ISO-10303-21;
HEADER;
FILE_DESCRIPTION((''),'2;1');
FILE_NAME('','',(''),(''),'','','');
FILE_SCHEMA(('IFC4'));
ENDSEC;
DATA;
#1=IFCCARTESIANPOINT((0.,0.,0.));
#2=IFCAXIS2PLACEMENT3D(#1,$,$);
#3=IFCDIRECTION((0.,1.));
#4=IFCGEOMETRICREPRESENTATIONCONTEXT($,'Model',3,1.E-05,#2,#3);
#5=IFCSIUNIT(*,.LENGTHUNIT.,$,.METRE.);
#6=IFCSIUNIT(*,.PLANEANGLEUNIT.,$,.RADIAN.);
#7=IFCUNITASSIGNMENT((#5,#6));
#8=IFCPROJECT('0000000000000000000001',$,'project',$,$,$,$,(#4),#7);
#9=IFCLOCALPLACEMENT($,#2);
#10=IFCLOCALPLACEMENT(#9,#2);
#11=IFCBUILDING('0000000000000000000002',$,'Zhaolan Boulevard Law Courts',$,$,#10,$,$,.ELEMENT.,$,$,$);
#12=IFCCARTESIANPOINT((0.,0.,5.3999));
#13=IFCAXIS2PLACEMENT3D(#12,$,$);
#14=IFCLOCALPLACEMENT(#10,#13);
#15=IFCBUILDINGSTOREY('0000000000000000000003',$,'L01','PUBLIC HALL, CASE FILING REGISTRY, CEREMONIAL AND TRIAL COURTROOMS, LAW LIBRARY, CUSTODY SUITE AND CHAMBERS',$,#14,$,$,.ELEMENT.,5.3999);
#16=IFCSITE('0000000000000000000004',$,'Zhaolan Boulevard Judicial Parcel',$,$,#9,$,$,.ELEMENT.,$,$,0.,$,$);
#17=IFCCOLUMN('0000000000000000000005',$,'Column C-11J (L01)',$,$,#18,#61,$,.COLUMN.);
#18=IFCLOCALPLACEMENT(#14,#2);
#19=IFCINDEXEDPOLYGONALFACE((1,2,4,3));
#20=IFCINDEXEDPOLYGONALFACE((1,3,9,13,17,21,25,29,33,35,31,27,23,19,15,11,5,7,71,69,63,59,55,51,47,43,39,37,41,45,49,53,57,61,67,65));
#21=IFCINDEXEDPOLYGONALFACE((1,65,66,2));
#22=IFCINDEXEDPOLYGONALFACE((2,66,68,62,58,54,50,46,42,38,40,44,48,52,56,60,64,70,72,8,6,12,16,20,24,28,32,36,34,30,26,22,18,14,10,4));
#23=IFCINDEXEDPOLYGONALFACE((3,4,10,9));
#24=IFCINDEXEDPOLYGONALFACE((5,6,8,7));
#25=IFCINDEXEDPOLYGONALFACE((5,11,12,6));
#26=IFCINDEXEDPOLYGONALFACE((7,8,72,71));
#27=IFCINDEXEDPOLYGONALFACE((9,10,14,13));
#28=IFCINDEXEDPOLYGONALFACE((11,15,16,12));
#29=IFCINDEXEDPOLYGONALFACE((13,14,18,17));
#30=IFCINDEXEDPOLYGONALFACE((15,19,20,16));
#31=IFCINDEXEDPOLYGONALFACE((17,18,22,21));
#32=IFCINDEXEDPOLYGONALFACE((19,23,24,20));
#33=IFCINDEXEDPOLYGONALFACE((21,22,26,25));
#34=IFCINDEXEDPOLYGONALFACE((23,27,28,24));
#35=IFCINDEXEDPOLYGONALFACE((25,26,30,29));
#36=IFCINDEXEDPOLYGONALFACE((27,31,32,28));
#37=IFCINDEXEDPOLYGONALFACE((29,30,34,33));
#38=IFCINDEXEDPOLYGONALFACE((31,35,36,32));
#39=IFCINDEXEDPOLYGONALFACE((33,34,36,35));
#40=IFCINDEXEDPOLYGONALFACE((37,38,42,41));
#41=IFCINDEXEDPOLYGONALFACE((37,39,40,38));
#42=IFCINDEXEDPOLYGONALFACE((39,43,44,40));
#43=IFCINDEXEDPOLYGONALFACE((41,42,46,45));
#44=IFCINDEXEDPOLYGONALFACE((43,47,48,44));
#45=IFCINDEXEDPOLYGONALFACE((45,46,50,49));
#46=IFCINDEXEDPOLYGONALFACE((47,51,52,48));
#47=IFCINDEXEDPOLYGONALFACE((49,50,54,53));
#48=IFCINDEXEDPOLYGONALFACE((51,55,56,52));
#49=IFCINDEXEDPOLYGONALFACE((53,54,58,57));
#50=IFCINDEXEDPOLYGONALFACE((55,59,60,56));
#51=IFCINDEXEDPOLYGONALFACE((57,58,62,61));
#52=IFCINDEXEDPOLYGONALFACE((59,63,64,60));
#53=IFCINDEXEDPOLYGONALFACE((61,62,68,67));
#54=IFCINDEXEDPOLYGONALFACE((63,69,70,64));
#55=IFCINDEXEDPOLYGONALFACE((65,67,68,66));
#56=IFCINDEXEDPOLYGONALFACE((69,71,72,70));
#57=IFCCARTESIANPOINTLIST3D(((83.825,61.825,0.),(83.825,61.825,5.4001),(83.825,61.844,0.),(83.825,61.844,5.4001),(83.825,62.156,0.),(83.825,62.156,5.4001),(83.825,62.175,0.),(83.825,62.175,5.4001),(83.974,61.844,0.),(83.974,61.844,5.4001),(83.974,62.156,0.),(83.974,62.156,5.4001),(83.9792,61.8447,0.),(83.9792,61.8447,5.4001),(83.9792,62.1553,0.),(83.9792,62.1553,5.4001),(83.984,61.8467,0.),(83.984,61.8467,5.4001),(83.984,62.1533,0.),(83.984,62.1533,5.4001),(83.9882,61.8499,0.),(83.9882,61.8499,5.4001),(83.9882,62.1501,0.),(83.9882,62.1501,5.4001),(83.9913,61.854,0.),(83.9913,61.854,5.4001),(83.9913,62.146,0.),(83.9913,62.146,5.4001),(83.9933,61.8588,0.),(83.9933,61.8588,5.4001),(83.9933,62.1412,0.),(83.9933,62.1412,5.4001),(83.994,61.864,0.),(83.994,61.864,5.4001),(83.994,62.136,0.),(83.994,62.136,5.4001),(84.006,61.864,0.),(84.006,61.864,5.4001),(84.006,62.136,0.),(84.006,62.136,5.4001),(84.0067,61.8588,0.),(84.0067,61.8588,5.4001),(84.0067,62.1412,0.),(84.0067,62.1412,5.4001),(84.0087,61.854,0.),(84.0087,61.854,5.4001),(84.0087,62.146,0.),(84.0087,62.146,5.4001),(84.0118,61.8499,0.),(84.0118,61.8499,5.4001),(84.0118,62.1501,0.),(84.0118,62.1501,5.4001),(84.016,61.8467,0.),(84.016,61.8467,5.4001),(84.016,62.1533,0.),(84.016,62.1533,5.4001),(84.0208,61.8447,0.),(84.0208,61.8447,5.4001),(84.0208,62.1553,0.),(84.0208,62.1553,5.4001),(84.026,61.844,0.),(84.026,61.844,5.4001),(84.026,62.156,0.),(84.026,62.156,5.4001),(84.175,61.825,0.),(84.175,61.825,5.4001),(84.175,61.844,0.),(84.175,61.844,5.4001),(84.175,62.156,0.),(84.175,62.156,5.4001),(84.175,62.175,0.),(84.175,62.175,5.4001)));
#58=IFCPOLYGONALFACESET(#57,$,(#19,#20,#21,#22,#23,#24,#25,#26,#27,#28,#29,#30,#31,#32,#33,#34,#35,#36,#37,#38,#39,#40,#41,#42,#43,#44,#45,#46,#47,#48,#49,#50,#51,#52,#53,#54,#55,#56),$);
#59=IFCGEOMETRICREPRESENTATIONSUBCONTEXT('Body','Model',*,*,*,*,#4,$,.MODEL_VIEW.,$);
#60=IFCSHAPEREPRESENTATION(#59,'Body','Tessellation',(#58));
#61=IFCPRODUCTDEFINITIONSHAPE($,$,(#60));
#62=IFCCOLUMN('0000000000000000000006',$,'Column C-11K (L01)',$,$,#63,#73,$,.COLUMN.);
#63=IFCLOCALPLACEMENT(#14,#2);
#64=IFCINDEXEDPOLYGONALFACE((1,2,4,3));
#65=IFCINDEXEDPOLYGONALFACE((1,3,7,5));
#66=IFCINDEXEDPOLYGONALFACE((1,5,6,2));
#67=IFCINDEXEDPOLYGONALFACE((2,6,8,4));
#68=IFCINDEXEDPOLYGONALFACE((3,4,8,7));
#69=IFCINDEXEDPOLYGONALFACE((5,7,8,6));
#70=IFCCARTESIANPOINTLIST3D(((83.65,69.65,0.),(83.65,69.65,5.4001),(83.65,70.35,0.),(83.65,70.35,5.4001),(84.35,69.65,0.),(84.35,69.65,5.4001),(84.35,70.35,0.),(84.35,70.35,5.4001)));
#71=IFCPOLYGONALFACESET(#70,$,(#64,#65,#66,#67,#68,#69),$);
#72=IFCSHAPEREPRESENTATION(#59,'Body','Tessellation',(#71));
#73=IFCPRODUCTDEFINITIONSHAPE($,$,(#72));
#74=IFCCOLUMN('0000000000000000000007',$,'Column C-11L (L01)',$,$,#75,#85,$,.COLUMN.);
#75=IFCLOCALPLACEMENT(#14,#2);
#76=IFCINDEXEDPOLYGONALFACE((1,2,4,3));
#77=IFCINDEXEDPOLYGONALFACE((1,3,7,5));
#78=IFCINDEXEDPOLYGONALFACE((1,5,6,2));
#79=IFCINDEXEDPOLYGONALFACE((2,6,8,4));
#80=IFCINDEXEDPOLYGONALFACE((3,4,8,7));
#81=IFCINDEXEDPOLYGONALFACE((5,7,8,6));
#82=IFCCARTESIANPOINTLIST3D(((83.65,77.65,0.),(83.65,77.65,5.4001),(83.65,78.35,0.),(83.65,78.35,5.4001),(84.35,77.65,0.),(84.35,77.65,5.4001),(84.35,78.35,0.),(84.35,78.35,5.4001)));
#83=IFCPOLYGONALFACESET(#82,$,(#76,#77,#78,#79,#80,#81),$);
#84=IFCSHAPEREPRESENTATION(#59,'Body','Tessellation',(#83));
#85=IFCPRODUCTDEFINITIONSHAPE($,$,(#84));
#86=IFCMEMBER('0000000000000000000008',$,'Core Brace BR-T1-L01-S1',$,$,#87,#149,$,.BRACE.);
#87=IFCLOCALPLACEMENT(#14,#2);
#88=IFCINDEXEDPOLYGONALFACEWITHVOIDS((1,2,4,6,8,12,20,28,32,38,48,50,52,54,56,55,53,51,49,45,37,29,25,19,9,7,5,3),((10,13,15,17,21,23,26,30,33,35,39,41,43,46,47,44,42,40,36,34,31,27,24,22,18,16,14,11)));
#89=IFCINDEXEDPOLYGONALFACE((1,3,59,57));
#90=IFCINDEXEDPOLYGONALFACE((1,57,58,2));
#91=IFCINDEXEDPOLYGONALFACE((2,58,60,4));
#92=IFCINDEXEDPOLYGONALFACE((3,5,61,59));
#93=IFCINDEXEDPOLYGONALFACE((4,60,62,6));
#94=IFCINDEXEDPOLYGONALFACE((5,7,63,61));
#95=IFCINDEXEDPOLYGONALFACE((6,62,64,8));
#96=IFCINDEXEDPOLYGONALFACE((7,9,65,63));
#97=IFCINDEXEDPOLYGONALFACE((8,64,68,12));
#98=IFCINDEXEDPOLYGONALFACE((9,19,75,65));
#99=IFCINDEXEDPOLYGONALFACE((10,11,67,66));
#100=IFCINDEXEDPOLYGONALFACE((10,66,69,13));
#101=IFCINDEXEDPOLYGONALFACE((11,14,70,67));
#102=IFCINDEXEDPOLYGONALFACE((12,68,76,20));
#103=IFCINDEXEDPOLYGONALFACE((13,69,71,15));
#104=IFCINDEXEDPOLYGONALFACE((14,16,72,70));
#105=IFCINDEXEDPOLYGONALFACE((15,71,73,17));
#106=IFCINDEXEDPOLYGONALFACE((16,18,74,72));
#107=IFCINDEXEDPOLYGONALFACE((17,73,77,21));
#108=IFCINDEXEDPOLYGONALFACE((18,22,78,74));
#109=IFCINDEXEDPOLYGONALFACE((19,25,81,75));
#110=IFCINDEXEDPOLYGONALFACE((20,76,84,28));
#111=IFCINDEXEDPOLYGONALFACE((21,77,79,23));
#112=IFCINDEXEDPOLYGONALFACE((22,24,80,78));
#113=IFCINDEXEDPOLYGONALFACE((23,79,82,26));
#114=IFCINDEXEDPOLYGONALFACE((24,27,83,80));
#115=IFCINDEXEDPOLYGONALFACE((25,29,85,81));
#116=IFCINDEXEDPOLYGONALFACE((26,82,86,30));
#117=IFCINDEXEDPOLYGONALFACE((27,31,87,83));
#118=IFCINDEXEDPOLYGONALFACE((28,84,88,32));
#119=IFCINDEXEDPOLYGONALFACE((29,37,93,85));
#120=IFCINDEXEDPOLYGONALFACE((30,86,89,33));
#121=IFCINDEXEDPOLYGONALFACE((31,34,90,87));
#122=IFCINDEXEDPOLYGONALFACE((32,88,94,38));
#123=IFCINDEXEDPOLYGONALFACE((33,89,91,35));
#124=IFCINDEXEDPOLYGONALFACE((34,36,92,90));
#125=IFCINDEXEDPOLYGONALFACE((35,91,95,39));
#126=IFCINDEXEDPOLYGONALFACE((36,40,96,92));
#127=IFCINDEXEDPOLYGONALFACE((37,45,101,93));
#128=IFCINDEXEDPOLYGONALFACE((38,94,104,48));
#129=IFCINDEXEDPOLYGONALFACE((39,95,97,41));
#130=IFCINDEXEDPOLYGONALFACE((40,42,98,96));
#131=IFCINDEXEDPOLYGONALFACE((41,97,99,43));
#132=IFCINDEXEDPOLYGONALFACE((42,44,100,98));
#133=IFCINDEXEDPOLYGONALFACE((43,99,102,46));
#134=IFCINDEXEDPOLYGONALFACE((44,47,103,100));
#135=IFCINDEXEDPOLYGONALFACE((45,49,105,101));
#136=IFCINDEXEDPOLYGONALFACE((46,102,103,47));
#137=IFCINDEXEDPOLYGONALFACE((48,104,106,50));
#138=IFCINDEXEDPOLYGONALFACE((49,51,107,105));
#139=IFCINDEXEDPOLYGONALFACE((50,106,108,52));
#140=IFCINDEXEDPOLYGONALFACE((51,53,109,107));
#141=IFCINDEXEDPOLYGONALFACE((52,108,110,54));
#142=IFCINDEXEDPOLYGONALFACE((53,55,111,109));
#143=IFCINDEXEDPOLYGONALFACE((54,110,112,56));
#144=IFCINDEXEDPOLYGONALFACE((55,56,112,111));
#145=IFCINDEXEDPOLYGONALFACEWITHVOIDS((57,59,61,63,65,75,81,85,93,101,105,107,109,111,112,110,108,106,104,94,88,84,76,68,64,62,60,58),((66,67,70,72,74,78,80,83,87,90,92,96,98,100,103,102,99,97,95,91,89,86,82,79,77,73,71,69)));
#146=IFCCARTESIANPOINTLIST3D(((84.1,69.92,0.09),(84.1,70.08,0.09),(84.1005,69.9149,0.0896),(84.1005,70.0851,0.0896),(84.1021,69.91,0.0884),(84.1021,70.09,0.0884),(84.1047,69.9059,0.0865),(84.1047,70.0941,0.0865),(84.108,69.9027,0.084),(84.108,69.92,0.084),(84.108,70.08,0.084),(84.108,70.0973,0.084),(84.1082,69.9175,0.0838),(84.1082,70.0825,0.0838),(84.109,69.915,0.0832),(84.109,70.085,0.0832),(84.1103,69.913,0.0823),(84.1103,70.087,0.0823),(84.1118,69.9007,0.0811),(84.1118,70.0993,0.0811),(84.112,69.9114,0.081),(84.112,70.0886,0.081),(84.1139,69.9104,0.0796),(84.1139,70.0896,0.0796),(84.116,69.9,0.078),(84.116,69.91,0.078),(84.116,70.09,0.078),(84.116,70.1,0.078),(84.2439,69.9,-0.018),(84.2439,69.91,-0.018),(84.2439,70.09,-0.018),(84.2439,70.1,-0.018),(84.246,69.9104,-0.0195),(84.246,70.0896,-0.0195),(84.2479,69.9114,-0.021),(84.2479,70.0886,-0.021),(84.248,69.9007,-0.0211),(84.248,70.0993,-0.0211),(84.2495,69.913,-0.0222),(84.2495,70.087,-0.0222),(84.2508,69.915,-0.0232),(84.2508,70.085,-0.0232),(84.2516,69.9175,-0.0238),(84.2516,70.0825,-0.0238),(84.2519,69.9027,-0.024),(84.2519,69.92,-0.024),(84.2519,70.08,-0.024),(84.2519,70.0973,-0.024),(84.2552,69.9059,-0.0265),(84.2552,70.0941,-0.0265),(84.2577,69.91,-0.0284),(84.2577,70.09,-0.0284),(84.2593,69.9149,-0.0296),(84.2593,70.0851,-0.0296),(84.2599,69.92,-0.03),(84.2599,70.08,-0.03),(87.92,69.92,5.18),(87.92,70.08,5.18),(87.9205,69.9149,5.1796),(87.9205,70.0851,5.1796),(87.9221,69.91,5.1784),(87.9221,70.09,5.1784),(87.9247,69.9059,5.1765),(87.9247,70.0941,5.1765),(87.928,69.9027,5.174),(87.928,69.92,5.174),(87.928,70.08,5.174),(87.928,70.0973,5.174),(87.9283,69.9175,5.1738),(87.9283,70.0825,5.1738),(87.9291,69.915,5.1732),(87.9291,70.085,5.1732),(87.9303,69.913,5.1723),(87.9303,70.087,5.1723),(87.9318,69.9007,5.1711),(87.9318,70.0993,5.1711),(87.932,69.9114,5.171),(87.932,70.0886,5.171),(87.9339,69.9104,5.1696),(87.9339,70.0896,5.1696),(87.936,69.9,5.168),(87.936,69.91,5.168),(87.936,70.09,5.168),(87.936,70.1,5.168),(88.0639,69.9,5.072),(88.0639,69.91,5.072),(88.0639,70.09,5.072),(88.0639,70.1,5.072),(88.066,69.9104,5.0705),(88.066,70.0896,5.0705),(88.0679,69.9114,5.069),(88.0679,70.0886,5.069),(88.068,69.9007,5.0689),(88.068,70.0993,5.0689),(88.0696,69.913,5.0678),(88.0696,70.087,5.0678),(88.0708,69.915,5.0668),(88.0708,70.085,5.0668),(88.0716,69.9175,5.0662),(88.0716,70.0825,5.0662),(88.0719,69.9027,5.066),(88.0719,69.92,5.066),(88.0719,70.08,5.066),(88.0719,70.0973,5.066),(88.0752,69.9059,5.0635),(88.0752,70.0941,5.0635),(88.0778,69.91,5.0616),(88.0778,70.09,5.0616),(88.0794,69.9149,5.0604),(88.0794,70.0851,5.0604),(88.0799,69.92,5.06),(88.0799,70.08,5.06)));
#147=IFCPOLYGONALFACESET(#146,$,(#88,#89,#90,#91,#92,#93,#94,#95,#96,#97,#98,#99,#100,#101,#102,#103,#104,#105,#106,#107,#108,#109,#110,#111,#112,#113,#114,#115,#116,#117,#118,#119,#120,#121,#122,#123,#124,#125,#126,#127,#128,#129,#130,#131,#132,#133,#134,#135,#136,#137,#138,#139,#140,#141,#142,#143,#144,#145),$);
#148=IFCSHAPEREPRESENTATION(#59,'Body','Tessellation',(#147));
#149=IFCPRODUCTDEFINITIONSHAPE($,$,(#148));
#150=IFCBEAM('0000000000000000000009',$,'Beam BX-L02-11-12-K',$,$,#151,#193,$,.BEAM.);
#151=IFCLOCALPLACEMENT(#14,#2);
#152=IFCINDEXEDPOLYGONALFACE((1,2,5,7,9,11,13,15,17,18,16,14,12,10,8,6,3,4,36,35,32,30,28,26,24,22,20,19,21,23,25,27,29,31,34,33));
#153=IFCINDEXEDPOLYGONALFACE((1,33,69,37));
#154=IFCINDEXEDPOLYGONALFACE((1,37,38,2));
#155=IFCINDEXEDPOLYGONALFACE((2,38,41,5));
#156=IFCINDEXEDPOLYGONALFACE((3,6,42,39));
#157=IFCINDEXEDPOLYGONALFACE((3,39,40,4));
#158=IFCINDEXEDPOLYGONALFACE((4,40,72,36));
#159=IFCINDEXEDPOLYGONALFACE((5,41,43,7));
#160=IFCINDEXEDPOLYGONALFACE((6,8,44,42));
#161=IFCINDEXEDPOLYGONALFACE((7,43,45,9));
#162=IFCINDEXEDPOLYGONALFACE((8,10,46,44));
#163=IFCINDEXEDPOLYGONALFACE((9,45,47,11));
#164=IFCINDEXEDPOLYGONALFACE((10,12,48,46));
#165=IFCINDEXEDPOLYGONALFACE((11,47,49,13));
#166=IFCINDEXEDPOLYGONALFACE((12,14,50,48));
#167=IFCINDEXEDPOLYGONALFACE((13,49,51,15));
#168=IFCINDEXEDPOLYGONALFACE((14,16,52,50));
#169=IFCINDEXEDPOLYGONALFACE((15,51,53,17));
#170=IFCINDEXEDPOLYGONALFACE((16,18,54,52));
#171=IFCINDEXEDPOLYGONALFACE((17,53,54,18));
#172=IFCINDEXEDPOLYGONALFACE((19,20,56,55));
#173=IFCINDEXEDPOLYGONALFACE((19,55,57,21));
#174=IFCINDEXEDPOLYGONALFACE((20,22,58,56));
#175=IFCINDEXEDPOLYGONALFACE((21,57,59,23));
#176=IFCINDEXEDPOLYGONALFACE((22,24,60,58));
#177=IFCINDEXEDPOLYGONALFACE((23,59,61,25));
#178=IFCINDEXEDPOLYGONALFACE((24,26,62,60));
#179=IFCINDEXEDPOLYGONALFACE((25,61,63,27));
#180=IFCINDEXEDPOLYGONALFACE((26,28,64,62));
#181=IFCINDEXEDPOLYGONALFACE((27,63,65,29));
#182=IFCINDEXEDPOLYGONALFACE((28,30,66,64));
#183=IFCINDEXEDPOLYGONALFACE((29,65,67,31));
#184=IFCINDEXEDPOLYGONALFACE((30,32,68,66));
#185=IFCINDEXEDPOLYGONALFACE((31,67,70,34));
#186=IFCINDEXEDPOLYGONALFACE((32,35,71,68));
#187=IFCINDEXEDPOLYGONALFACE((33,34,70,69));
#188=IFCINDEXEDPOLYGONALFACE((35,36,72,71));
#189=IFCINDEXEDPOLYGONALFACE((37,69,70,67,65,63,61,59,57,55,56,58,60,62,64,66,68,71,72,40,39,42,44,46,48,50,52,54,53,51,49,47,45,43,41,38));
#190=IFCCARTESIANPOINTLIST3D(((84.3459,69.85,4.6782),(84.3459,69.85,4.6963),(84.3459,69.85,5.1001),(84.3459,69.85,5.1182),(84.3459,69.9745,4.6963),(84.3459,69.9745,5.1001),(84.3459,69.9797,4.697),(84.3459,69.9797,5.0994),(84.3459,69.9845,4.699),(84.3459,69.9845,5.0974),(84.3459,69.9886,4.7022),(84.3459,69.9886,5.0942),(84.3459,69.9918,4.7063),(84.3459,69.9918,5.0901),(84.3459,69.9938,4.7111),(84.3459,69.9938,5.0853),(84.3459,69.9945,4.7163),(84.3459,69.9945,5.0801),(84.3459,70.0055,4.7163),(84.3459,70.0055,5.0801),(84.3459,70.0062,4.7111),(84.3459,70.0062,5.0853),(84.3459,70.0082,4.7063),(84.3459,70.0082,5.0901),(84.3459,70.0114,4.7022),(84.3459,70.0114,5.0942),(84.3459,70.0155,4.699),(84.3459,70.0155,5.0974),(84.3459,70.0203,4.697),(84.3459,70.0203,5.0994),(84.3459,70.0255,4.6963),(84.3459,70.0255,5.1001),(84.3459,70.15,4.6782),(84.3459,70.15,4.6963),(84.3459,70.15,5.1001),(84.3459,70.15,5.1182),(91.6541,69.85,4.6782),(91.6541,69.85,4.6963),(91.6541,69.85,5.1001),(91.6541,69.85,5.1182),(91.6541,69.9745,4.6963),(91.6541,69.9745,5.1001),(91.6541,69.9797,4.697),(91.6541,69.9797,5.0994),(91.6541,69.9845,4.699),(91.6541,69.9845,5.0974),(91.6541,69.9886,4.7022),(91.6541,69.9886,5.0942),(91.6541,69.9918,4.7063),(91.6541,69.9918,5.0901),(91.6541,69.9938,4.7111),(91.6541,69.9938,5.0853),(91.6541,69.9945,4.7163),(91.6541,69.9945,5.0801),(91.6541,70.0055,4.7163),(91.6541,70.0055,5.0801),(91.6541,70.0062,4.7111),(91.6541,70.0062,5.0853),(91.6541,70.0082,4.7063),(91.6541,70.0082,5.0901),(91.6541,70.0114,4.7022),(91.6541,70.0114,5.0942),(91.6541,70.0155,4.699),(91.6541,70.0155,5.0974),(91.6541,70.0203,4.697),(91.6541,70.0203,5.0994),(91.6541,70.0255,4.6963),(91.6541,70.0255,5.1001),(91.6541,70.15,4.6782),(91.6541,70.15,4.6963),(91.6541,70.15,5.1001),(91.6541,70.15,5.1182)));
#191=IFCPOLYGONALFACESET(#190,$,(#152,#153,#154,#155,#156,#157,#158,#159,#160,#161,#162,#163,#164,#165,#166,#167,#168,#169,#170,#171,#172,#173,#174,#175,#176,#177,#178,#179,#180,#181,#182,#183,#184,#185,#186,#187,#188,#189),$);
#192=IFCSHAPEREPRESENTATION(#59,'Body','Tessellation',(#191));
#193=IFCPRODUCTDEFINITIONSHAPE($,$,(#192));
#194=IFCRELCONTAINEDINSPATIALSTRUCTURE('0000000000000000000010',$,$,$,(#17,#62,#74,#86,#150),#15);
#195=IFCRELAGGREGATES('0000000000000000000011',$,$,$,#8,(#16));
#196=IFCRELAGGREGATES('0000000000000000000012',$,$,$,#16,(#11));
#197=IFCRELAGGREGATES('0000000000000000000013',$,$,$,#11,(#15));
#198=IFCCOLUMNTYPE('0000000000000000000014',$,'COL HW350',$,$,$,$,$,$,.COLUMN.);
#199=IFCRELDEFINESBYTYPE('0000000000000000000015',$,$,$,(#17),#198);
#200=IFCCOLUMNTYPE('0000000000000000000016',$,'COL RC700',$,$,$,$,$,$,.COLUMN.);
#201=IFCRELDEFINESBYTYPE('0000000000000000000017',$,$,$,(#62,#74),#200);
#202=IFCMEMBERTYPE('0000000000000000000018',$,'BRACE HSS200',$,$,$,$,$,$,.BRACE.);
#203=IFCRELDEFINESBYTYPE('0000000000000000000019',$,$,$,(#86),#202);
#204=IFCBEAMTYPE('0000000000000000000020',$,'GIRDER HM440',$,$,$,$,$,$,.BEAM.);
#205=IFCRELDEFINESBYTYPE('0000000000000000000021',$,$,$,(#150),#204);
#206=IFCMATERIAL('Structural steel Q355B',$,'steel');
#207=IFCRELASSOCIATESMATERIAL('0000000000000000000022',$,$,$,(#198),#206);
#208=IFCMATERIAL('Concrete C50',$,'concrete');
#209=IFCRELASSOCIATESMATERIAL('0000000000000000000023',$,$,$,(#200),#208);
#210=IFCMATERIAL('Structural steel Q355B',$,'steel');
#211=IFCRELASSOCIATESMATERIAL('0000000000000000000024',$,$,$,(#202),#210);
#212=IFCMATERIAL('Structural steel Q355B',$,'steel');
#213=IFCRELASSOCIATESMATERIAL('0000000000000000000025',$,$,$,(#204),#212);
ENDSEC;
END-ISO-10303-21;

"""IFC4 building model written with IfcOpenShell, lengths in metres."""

from ifc_helpers import new_model, si_unit, direction, frame, origin, origin_2d, place, context, subcontext, project, spatial, rectangle, hollow_rectangle, i_section, extrude, material, material_profile, profile_set, type_object, element, save


model = new_model("IFC4")

# Units and contexts
model_context = context("Model", 3, precision=1e-05, world=origin(), true_north=direction((0.0, 1.0)))
body_context = subcontext(model_context, "Body", "Model", "MODEL_VIEW")
ifc_project = project(units=[si_unit("LENGTHUNIT", "METRE"), si_unit("PLANEANGLEUNIT", "RADIAN")], contexts=[model_context])

# Site, building, storey
site_placement = place(None, origin())
site = spatial("IfcSite", under=ifc_project, at=site_placement, Name="Zhaolan Boulevard Judicial Parcel", CompositionType="ELEMENT", RefElevation=0.0)
building_placement = place(site_placement, origin())
building = spatial("IfcBuilding", under=site, at=building_placement, Name="Zhaolan Boulevard Law Courts", CompositionType="ELEMENT")
storey_placement = place(building_placement, frame((0.0, 0.0, 5.3999)))
storey = spatial("IfcBuildingStorey", under=building, at=storey_placement, Name="L01", Description="PUBLIC HALL, CASE FILING REGISTRY, CEREMONIAL AND TRIAL COURTROOMS, LAW LIBRARY, CUSTODY SUITE AND CHAMBERS", CompositionType="ELEMENT", Elevation=5.3999)

# Columns
ifc_material_1 = material(Name="Structural steel Q355B", Category="steel")
ifc_material_profile_1 = material_profile(ifc_material_1, i_section(OverallWidth=0.3501, OverallDepth=0.3501, WebThickness=0.012, FlangeThickness=0.019, FilletRadius=0.02, at=origin_2d()), Name="HW350x350")
ifc_profile_set_1 = profile_set([ifc_material_profile_1], Name="Structural steel Q355B")
column_type_1 = type_object("IfcColumnType", Name="COL HW350", PredefinedType="COLUMN", material=ifc_profile_set_1)
column_placement = place(storey_placement, frame((84.0, 62.0, 0.0), z_axis=(0.0, 0.0, 1.0), x_axis=(1.0, 0.0, 0.0)))
element("IfcColumn", 1, at=column_placement, inside=storey, type_object=column_type_1, Name="Column C-11J (L01)", PredefinedType="COLUMN", context=body_context, shape_type="SweptSolid", body=[
    extrude(i_section(OverallWidth=0.3501, OverallDepth=0.3501, WebThickness=0.012, FlangeThickness=0.019, FilletRadius=0.02, at=origin_2d()), origin(), (0.0, 0.0, 1.0), 5.4001),
])
ifc_material_2 = material(Name="Concrete C50", Category="concrete")
ifc_material_profile_2 = material_profile(ifc_material_2, rectangle(XDim=0.7, YDim=0.7, at=origin_2d()), Name="RC700x700")
ifc_profile_set_2 = profile_set([ifc_material_profile_2], Name="Concrete C50")
column_type_2 = type_object("IfcColumnType", Name="COL RC700", PredefinedType="COLUMN", material=ifc_profile_set_2)
for number, where, z_axis, x_axis, name in (
    (2, (84.0, 70.0, 0.0), (0.0, 0.0, 1.0), (1.0, 0.0, 0.0), "Column C-11K (L01)"),
    (3, (84.0, 78.0, 0.0), (0.0, 0.0, 1.0), (1.0, 0.0, 0.0), "Column C-11L (L01)"),
):
    element("IfcColumn", number, at=place(storey_placement, frame(where, z_axis=z_axis, x_axis=x_axis)), inside=storey, type_object=column_type_2, Name=name, PredefinedType="COLUMN", context=body_context, shape_type="SweptSolid", body=[
        extrude(rectangle(XDim=0.7, YDim=0.7, at=origin_2d()), origin(), (0.0, 0.0, 1.0), 5.4001),
    ])

# Member
ifc_material_3 = material(Name="Structural steel Q355B", Category="steel")
ifc_material_profile_3 = material_profile(ifc_material_3, hollow_rectangle(XDim=0.2, YDim=0.2, WallThickness=0.01, InnerFilletRadius=0.01, OuterFilletRadius=0.02, at=origin_2d()), Name="HSS200x200x10")
ifc_profile_set_3 = profile_set([ifc_material_profile_3], Name="Structural steel Q355B")
member_type = type_object("IfcMemberType", Name="BRACE HSS200", PredefinedType="BRACE", material=ifc_profile_set_3)
member_placement = place(storey_placement, frame((84.1799, 70.0, 0.03), z_axis=(0.600252, 0.0, 0.799811), x_axis=(0.0, 1.0, 0.0)))
element("IfcMember", 4, at=member_placement, inside=storey, type_object=member_type, Name="Core Brace BR-T1-L01-S1", PredefinedType="BRACE", context=body_context, shape_type="SweptSolid", body=[
    extrude(hollow_rectangle(XDim=0.2, YDim=0.2, WallThickness=0.01, InnerFilletRadius=0.01, OuterFilletRadius=0.02, at=origin_2d()), origin(), (0.0, 0.0, 1.0), 6.364),
])

# Beam
ifc_material_4 = material(Name="Structural steel Q355B", Category="steel")
ifc_material_profile_4 = material_profile(ifc_material_4, i_section(OverallWidth=0.3, OverallDepth=0.4399, WebThickness=0.011, FlangeThickness=0.0181, FilletRadius=0.02, at=origin_2d()), Name="HM440x300")
ifc_profile_set_4 = profile_set([ifc_material_profile_4], Name="Structural steel Q355B")
beam_type_1 = type_object("IfcBeamType", Name="GIRDER HM440", PredefinedType="BEAM", material=ifc_profile_set_4)
for number, where, z_axis, x_axis, name in (
    (5, (84.3459, 70.0, 4.8982), (1.0, 0.0, 0.0), (0.0, 1.0, 0.0), "Beam BX-L02-11-12-K"),
):
    element("IfcBeam", number, at=place(storey_placement, frame(where, z_axis=z_axis, x_axis=x_axis)), inside=storey, type_object=beam_type_1, Name=name, PredefinedType="BEAM", context=body_context, shape_type="SweptSolid", body=[
        extrude(i_section(OverallWidth=0.3, OverallDepth=0.4399, WebThickness=0.011, FlangeThickness=0.0181, FilletRadius=0.02, at=origin_2d()), origin(), (0.0, 0.0, 1.0), 7.3081),
    ])

save(model, "model.ifc")
